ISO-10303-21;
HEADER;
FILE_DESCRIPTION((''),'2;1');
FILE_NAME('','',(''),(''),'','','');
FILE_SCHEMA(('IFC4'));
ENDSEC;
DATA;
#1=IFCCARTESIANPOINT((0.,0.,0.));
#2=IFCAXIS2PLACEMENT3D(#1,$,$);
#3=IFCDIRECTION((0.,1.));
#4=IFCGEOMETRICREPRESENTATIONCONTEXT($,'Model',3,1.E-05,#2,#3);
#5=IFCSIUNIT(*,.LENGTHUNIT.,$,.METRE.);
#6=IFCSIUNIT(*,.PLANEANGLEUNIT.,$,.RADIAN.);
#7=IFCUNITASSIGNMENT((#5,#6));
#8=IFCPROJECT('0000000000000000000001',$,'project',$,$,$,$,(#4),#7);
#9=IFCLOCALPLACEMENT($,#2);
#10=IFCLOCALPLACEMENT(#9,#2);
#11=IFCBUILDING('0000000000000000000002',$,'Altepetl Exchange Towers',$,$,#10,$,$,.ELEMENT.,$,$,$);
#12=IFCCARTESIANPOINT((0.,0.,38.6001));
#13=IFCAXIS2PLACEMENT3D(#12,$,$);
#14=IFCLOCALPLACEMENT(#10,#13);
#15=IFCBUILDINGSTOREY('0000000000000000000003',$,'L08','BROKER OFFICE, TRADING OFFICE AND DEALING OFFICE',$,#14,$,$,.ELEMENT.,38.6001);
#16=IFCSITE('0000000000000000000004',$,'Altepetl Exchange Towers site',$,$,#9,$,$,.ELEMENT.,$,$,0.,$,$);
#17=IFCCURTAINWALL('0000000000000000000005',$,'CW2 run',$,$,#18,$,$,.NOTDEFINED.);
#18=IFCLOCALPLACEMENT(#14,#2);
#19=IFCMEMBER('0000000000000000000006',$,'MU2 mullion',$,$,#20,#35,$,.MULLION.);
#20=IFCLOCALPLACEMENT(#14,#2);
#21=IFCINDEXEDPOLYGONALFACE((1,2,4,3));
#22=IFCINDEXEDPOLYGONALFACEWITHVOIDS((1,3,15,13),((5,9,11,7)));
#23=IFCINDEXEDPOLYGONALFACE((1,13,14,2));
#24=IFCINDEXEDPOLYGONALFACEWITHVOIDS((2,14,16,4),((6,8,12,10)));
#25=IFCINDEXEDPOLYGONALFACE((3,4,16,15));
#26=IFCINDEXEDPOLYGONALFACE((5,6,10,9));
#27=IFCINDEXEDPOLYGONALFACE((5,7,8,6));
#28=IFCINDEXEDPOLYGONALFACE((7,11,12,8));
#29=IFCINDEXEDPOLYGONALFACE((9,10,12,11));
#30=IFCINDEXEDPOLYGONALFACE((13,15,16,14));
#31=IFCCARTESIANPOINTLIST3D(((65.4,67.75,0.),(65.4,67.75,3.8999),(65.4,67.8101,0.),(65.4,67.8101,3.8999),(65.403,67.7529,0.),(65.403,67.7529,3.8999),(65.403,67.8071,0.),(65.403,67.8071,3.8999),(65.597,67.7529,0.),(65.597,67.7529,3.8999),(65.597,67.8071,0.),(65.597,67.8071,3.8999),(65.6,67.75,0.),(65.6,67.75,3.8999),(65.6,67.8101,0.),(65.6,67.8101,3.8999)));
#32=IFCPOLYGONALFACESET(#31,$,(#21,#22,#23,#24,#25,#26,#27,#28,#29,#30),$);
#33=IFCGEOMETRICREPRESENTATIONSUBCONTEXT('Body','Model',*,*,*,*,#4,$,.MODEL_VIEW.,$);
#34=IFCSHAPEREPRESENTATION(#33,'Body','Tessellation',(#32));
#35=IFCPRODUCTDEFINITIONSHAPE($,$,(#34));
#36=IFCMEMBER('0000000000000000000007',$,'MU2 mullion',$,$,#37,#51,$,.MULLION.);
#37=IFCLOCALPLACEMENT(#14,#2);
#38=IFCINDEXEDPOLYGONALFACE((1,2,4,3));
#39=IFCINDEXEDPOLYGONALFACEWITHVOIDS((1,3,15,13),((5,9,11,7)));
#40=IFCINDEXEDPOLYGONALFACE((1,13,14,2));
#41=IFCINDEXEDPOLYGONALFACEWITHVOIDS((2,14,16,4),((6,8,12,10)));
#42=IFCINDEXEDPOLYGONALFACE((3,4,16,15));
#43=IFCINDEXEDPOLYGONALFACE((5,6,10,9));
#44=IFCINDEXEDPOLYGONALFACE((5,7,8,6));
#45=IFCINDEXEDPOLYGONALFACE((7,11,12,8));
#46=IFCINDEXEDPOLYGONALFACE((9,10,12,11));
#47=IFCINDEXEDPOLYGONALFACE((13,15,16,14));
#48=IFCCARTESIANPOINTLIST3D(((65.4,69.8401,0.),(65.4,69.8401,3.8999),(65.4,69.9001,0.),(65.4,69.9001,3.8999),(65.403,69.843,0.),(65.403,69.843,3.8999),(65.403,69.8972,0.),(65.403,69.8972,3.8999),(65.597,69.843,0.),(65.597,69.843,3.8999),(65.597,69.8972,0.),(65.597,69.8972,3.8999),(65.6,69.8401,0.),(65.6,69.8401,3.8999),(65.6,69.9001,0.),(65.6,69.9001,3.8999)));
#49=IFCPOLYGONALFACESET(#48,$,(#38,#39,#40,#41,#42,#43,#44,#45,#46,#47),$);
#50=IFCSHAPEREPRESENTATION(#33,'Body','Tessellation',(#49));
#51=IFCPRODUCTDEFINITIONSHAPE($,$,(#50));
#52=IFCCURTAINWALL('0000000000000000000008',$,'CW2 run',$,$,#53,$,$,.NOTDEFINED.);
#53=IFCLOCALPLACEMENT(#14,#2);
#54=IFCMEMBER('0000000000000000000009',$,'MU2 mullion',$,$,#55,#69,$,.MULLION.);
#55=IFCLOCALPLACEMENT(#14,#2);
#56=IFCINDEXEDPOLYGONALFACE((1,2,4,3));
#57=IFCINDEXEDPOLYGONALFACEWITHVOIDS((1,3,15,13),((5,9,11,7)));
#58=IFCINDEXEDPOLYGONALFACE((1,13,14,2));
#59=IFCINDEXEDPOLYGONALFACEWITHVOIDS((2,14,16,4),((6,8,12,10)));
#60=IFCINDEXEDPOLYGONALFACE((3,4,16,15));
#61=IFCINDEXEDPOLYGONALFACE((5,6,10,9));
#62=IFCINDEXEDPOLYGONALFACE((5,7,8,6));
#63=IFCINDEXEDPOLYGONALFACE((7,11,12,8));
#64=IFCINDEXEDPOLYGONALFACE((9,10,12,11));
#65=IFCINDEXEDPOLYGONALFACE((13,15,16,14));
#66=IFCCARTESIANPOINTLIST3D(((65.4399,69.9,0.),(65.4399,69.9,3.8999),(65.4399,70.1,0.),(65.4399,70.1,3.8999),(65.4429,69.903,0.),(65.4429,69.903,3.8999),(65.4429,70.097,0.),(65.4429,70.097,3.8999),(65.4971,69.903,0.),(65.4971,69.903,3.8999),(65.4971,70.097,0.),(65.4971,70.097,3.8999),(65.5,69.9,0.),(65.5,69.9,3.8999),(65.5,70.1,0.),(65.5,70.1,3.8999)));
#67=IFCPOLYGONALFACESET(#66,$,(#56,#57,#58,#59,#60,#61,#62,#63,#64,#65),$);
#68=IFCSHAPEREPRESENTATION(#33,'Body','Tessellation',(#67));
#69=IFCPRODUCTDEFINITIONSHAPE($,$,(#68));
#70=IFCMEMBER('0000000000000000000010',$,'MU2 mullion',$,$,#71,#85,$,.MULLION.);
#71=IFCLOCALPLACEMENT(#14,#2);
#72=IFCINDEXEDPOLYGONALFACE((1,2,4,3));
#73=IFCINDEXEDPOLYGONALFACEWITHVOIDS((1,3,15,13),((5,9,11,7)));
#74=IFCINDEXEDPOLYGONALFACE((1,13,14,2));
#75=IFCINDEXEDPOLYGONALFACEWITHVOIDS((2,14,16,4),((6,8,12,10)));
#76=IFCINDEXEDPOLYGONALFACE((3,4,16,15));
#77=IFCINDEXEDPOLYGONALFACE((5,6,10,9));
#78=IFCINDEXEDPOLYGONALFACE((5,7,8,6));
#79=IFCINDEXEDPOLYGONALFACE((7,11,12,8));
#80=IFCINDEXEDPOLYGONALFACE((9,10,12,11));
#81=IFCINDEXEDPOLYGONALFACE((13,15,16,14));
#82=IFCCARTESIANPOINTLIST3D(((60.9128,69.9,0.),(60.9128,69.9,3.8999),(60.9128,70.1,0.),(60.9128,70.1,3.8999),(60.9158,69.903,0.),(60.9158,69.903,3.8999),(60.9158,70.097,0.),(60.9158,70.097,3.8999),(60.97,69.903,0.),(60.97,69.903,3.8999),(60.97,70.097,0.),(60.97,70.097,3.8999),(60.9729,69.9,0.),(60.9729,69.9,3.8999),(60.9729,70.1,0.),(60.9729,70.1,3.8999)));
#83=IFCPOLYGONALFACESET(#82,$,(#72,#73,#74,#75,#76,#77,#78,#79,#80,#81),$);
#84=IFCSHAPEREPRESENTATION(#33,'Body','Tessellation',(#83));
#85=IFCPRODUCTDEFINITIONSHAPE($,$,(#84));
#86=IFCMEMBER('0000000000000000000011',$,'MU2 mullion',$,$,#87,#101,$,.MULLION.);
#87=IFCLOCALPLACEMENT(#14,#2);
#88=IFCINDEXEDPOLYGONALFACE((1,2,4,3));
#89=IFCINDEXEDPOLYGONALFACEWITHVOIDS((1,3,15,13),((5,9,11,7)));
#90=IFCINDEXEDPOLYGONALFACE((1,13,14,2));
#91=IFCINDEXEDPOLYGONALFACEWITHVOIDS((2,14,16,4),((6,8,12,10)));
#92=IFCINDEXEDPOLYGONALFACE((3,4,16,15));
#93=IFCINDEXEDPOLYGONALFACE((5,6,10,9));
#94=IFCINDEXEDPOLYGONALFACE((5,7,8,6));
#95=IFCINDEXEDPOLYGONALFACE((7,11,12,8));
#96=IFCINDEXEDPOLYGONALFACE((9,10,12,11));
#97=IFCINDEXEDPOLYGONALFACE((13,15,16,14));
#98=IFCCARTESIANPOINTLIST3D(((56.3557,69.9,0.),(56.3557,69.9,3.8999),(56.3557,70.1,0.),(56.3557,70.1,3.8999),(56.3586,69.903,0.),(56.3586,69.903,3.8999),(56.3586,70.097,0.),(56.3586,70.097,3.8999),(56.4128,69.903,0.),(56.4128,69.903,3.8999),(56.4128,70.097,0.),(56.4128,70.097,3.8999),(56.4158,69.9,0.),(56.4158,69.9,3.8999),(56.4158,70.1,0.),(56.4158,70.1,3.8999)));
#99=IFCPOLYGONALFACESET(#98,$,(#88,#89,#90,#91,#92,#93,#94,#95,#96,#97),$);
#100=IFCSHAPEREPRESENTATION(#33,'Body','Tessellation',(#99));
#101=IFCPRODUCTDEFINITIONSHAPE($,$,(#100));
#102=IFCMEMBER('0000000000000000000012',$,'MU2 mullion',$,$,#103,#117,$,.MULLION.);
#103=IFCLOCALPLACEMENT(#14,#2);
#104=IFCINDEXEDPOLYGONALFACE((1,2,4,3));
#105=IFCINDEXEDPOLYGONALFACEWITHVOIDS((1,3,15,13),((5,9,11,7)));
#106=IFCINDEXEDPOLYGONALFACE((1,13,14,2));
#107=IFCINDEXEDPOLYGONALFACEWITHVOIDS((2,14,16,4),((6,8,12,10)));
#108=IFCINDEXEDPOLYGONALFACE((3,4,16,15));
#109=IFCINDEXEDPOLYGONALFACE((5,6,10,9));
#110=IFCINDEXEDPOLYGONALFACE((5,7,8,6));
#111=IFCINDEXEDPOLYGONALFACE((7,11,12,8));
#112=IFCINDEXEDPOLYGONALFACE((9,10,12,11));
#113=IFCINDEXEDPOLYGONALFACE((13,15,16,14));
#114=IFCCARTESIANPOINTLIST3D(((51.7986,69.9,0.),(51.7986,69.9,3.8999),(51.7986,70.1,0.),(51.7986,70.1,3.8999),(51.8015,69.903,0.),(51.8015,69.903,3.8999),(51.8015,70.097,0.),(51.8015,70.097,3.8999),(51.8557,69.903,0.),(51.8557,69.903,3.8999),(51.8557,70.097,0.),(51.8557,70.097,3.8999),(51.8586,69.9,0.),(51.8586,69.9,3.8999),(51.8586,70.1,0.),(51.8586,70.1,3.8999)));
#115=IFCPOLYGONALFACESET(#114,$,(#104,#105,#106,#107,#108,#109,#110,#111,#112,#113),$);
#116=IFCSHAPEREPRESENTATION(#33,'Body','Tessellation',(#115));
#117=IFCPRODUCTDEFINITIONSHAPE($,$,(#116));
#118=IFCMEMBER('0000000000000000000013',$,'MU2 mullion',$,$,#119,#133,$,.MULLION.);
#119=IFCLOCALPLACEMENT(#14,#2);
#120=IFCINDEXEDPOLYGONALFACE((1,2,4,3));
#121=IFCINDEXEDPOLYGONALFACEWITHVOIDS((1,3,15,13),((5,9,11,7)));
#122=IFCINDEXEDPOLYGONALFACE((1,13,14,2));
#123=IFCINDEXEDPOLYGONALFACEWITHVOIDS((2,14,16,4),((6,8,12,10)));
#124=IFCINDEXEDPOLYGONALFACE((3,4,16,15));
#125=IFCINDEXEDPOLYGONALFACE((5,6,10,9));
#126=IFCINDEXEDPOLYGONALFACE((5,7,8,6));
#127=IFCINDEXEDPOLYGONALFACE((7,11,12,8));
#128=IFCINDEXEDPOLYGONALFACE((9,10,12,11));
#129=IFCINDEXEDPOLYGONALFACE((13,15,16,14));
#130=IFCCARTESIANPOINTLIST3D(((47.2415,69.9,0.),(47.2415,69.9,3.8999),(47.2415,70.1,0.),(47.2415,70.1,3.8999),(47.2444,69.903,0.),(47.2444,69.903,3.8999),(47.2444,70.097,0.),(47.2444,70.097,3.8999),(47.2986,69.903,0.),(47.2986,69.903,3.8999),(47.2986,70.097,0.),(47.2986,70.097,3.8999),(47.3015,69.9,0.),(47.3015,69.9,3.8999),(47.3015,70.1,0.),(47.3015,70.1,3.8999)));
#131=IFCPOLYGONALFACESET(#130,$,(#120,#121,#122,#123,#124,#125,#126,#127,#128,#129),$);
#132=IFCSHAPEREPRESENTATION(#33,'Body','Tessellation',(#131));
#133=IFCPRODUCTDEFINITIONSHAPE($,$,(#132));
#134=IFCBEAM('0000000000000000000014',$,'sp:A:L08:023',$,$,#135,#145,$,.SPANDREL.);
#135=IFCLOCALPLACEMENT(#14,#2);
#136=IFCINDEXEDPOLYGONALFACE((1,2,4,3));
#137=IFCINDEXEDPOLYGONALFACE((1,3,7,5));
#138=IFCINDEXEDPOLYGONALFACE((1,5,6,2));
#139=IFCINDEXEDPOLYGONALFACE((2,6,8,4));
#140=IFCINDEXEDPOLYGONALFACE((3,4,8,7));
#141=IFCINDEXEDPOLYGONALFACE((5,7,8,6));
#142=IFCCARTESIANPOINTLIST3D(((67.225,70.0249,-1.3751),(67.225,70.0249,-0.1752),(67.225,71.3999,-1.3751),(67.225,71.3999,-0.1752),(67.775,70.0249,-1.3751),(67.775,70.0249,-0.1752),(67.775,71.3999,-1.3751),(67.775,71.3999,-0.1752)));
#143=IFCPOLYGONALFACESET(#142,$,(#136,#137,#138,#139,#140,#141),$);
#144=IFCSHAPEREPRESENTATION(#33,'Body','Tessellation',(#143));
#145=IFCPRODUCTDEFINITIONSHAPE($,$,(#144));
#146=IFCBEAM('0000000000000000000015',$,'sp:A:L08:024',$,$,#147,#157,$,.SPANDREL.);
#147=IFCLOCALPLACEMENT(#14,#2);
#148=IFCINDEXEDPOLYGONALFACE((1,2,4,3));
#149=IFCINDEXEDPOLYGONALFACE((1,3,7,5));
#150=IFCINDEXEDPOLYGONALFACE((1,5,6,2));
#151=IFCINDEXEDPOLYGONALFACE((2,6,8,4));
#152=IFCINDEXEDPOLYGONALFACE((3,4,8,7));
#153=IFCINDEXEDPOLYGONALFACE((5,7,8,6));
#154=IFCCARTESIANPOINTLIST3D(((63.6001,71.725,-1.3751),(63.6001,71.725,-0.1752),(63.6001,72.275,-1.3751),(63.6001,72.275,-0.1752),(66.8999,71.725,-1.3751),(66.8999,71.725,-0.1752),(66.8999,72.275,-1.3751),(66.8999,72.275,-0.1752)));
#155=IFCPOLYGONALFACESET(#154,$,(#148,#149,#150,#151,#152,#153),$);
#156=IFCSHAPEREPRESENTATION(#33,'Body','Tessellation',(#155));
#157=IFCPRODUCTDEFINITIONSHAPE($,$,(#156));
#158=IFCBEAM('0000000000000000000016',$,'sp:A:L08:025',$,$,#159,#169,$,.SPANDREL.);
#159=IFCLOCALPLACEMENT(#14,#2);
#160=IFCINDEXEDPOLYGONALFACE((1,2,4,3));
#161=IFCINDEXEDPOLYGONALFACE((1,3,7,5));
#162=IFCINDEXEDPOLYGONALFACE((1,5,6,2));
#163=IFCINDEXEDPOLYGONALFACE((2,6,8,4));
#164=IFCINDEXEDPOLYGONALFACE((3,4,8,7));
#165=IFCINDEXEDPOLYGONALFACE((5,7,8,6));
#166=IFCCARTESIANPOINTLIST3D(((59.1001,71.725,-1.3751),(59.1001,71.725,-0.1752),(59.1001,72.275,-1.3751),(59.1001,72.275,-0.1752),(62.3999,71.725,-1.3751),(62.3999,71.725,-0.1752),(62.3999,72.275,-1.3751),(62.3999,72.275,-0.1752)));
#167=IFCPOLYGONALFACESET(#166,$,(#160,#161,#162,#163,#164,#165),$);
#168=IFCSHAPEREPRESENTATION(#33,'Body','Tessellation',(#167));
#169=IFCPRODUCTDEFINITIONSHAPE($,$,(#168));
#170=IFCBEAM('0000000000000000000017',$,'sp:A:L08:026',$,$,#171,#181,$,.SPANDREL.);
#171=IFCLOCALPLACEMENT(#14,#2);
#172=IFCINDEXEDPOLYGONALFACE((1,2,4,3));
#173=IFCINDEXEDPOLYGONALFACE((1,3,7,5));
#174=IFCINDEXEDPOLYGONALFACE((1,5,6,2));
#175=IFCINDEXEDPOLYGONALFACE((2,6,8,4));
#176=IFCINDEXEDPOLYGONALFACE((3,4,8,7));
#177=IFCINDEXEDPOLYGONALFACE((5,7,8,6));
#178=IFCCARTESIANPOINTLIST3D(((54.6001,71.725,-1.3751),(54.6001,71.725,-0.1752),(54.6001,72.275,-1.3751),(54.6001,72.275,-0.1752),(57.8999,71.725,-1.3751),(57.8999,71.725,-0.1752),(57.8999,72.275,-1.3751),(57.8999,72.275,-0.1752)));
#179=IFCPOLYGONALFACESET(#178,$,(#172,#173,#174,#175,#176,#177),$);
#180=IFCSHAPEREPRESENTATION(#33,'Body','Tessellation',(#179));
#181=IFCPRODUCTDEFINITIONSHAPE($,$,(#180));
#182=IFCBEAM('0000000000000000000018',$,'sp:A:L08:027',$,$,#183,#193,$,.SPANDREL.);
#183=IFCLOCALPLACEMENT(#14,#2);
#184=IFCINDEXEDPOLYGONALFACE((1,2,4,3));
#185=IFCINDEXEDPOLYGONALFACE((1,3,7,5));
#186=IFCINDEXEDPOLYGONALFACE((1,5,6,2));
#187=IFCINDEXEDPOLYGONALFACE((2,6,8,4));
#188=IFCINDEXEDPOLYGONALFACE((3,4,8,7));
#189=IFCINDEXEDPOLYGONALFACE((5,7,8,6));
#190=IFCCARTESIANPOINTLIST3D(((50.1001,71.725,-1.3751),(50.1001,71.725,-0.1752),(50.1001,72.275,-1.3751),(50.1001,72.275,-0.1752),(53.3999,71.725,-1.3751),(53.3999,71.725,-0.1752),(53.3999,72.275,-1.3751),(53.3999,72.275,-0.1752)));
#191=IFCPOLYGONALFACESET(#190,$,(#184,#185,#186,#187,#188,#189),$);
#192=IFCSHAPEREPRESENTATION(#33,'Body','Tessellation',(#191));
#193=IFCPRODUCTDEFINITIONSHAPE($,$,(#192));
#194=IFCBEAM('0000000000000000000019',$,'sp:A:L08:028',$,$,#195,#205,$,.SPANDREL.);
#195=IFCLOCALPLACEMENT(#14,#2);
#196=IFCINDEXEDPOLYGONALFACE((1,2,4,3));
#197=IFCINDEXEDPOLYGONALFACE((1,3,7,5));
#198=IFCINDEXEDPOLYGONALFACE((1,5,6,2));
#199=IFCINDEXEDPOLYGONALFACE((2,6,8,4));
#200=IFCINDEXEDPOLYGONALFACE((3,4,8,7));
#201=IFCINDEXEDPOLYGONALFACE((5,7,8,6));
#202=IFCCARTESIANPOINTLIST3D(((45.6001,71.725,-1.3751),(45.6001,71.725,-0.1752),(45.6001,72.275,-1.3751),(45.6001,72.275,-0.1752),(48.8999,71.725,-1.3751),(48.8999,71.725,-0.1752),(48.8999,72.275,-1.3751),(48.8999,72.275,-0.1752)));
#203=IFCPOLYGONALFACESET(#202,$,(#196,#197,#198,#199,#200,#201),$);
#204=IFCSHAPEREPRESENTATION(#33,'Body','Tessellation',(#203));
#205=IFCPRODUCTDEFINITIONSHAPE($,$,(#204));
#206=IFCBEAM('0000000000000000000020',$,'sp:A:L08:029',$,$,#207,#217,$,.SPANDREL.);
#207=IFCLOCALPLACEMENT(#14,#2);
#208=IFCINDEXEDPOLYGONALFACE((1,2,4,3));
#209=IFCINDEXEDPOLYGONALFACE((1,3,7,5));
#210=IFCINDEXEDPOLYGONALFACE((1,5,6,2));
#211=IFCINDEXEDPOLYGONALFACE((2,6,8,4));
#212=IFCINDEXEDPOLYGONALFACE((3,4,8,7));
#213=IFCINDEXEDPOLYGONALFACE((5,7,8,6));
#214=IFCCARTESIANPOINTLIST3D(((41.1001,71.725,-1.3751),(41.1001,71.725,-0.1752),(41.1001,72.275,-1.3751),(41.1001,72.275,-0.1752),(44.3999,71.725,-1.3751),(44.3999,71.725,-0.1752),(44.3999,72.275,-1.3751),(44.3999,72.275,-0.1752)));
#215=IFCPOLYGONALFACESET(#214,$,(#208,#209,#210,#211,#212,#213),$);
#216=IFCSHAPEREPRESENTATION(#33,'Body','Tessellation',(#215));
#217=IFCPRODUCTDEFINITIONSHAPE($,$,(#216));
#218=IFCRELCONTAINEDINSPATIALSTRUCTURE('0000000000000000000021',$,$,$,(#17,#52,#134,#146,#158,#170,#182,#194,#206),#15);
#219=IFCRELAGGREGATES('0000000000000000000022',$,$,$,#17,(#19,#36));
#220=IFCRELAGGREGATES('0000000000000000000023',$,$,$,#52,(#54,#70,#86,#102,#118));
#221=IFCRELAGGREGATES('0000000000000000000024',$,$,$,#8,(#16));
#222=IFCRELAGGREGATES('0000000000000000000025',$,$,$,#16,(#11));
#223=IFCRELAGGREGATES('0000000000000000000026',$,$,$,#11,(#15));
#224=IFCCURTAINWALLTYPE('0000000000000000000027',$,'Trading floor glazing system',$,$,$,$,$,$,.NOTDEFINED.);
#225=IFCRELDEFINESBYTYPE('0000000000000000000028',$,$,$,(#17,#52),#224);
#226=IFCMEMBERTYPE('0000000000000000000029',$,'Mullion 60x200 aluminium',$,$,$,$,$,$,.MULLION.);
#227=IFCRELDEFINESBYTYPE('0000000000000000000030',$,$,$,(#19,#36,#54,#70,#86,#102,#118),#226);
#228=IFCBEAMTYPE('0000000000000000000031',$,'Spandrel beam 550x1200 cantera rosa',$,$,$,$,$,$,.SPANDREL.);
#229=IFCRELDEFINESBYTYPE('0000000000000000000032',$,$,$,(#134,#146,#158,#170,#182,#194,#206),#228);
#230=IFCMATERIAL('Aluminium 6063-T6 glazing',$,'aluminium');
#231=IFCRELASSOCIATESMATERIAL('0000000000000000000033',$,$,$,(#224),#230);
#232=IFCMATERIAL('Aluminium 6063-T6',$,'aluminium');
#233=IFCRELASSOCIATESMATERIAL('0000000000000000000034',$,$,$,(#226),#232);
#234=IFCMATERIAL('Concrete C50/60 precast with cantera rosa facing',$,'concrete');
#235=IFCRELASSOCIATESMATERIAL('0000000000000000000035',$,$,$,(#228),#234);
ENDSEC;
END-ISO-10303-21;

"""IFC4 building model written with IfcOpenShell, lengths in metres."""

from ifc_helpers import new_model, si_unit, direction, frame, origin, origin_2d, place, context, subcontext, project, spatial, rectangle, hollow_rectangle, extrude, material, material_profile, profile_set, type_object, element, aggregate, save


model = new_model("IFC4")

# Units and contexts
model_context = context("Model", 3, precision=1e-05, world=origin(), true_north=direction((0.0, 1.0)))
body_context = subcontext(model_context, "Body", "Model", "MODEL_VIEW")
ifc_project = project(units=[si_unit("LENGTHUNIT", "METRE"), si_unit("PLANEANGLEUNIT", "RADIAN")], contexts=[model_context])

# Site, building, storey
site_placement = place(None, origin())
site = spatial("IfcSite", under=ifc_project, at=site_placement, Name="Altepetl Exchange Towers site", CompositionType="ELEMENT", RefElevation=0.0)
building_placement = place(site_placement, origin())
building = spatial("IfcBuilding", under=site, at=building_placement, Name="Altepetl Exchange Towers", CompositionType="ELEMENT")
storey_placement = place(building_placement, frame((0.0, 0.0, 38.6001)))
storey = spatial("IfcBuildingStorey", under=building, at=storey_placement, Name="L08", Description="BROKER OFFICE, TRADING OFFICE AND DEALING OFFICE", CompositionType="ELEMENT", Elevation=38.6001)

# Curtain walls, members
ifc_material_1 = material(Name="Aluminium 6063-T6 glazing", Category="aluminium")
curtain_wall_type = type_object("IfcCurtainWallType", Name="Trading floor glazing system", PredefinedType="NOTDEFINED", material=ifc_material_1)
ifc_material_2 = material(Name="Aluminium 6063-T6", Category="aluminium")
ifc_material_profile_1 = material_profile(ifc_material_2, hollow_rectangle(XDim=0.0601, YDim=0.2, WallThickness=0.0029, at=origin_2d()), Name="Mullion 60x200 aluminium")
ifc_profile_set_1 = profile_set([ifc_material_profile_1], Name="Aluminium 6063-T6")
member_type = type_object("IfcMemberType", Name="Mullion 60x200 aluminium", PredefinedType="MULLION", material=ifc_profile_set_1)
curtain_wall_1_placement = place(storey_placement, origin())
curtain_wall_1 = element("IfcCurtainWall", 1, at=curtain_wall_1_placement, inside=storey, type_object=curtain_wall_type, Name="CW2 run", PredefinedType="NOTDEFINED")
member_1_placement = place(storey_placement, frame((65.5, 67.78, 0.0), z_axis=(0.0, 0.0, 1.0), x_axis=(0.0, 1.0, 0.0)))
member_1 = element("IfcMember", 2, at=member_1_placement, type_object=member_type, Name="MU2 mullion", PredefinedType="MULLION", context=body_context, shape_type="SweptSolid", body=[
    extrude(hollow_rectangle(XDim=0.0601, YDim=0.2, WallThickness=0.0029, at=origin_2d()), origin(), (0.0, 0.0, 1.0), 3.8999),
])
member_2_placement = place(storey_placement, frame((65.5, 69.8701, 0.0), z_axis=(0.0, 0.0, 1.0), x_axis=(0.0, 1.0, 0.0)))
member_2 = element("IfcMember", 3, at=member_2_placement, type_object=member_type, Name="MU2 mullion", PredefinedType="MULLION", context=body_context, shape_type="SweptSolid", body=[
    extrude(hollow_rectangle(XDim=0.0601, YDim=0.2, WallThickness=0.0029, at=origin_2d()), origin(), (0.0, 0.0, 1.0), 3.8999),
])
curtain_wall_2_placement = place(storey_placement, origin())
curtain_wall_2 = element("IfcCurtainWall", 4, at=curtain_wall_2_placement, inside=storey, type_object=curtain_wall_type, Name="CW2 run", PredefinedType="NOTDEFINED")
member_3_placement = place(storey_placement, frame((65.47, 70.0, 0.0), z_axis=(0.0, 0.0, 1.0), x_axis=(-1.0, 0.0, 0.0)))
member_3 = element("IfcMember", 5, at=member_3_placement, type_object=member_type, Name="MU2 mullion", PredefinedType="MULLION", context=body_context, shape_type="SweptSolid", body=[
    extrude(hollow_rectangle(XDim=0.0601, YDim=0.2, WallThickness=0.0029, at=origin_2d()), origin(), (0.0, 0.0, 1.0), 3.8999),
])
member_4_placement = place(storey_placement, frame((60.9429, 70.0, 0.0), z_axis=(0.0, 0.0, 1.0), x_axis=(-1.0, 0.0, 0.0)))
member_4 = element("IfcMember", 6, at=member_4_placement, type_object=member_type, Name="MU2 mullion", PredefinedType="MULLION", context=body_context, shape_type="SweptSolid", body=[
    extrude(hollow_rectangle(XDim=0.0601, YDim=0.2, WallThickness=0.0029, at=origin_2d()), origin(), (0.0, 0.0, 1.0), 3.8999),
])
member_5_placement = place(storey_placement, frame((56.3857, 70.0, 0.0), z_axis=(0.0, 0.0, 1.0), x_axis=(-1.0, 0.0, 0.0)))
member_5 = element("IfcMember", 7, at=member_5_placement, type_object=member_type, Name="MU2 mullion", PredefinedType="MULLION", context=body_context, shape_type="SweptSolid", body=[
    extrude(hollow_rectangle(XDim=0.0601, YDim=0.2, WallThickness=0.0029, at=origin_2d()), origin(), (0.0, 0.0, 1.0), 3.8999),
])
member_6_placement = place(storey_placement, frame((51.8286, 70.0, 0.0), z_axis=(0.0, 0.0, 1.0), x_axis=(-1.0, 0.0, 0.0)))
member_6 = element("IfcMember", 8, at=member_6_placement, type_object=member_type, Name="MU2 mullion", PredefinedType="MULLION", context=body_context, shape_type="SweptSolid", body=[
    extrude(hollow_rectangle(XDim=0.0601, YDim=0.2, WallThickness=0.0029, at=origin_2d()), origin(), (0.0, 0.0, 1.0), 3.8999),
])
member_7_placement = place(storey_placement, frame((47.2715, 70.0, 0.0), z_axis=(0.0, 0.0, 1.0), x_axis=(-1.0, 0.0, 0.0)))
member_7 = element("IfcMember", 9, at=member_7_placement, type_object=member_type, Name="MU2 mullion", PredefinedType="MULLION", context=body_context, shape_type="SweptSolid", body=[
    extrude(hollow_rectangle(XDim=0.0601, YDim=0.2, WallThickness=0.0029, at=origin_2d()), origin(), (0.0, 0.0, 1.0), 3.8999),
])

# Beams
ifc_material_3 = material(Name="Concrete C50/60 precast with cantera rosa facing", Category="concrete")
ifc_material_profile_2 = material_profile(ifc_material_3, rectangle(XDim=0.55, YDim=1.2, at=origin_2d()), Name="550 x 1200")
ifc_profile_set_2 = profile_set([ifc_material_profile_2], Name="Concrete C50/60 precast with cantera rosa facing")
beam_type_1 = type_object("IfcBeamType", Name="Spandrel beam 550x1200 cantera rosa", PredefinedType="SPANDREL", material=ifc_profile_set_2)
beam_1_placement = place(storey_placement, frame((67.5, 70.0249, -0.7751), z_axis=(0.0, 1.0, 0.0), x_axis=(-1.0, 0.0, 0.0)))
element("IfcBeam", 10, at=beam_1_placement, inside=storey, type_object=beam_type_1, Name="sp:A:L08:023", PredefinedType="SPANDREL", context=body_context, shape_type="SweptSolid", body=[
    extrude(rectangle(XDim=0.55, YDim=1.2, at=origin_2d()), origin(), (0.0, 0.0, 1.0), 1.375),
])
for number, where, z_axis, x_axis, name in (
    (11, (66.8999, 72.0, -0.7751), (-1.0, 0.0, 0.0), (0.0, -1.0, 0.0), "sp:A:L08:024"),
    (12, (62.3999, 72.0, -0.7751), (-1.0, 0.0, 0.0), (0.0, -1.0, 0.0), "sp:A:L08:025"),
    (13, (57.8999, 72.0, -0.7751), (-1.0, 0.0, 0.0), (0.0, -1.0, 0.0), "sp:A:L08:026"),
    (14, (53.3999, 72.0, -0.7751), (-1.0, 0.0, 0.0), (0.0, -1.0, 0.0), "sp:A:L08:027"),
    (15, (48.8999, 72.0, -0.7751), (-1.0, 0.0, 0.0), (0.0, -1.0, 0.0), "sp:A:L08:028"),
    (16, (44.3999, 72.0, -0.7751), (-1.0, 0.0, 0.0), (0.0, -1.0, 0.0), "sp:A:L08:029"),
):
    element("IfcBeam", number, at=place(storey_placement, frame(where, z_axis=z_axis, x_axis=x_axis)), inside=storey, type_object=beam_type_1, Name=name, PredefinedType="SPANDREL", context=body_context, shape_type="SweptSolid", body=[
        extrude(rectangle(XDim=0.55, YDim=1.2, at=origin_2d()), origin(), (0.0, 0.0, 1.0), 3.2998),
    ])

aggregate(curtain_wall_1, [member_1, member_2])
aggregate(curtain_wall_2, [member_3, member_4, member_5, member_6, member_7])

save(model, "model.ifc")
